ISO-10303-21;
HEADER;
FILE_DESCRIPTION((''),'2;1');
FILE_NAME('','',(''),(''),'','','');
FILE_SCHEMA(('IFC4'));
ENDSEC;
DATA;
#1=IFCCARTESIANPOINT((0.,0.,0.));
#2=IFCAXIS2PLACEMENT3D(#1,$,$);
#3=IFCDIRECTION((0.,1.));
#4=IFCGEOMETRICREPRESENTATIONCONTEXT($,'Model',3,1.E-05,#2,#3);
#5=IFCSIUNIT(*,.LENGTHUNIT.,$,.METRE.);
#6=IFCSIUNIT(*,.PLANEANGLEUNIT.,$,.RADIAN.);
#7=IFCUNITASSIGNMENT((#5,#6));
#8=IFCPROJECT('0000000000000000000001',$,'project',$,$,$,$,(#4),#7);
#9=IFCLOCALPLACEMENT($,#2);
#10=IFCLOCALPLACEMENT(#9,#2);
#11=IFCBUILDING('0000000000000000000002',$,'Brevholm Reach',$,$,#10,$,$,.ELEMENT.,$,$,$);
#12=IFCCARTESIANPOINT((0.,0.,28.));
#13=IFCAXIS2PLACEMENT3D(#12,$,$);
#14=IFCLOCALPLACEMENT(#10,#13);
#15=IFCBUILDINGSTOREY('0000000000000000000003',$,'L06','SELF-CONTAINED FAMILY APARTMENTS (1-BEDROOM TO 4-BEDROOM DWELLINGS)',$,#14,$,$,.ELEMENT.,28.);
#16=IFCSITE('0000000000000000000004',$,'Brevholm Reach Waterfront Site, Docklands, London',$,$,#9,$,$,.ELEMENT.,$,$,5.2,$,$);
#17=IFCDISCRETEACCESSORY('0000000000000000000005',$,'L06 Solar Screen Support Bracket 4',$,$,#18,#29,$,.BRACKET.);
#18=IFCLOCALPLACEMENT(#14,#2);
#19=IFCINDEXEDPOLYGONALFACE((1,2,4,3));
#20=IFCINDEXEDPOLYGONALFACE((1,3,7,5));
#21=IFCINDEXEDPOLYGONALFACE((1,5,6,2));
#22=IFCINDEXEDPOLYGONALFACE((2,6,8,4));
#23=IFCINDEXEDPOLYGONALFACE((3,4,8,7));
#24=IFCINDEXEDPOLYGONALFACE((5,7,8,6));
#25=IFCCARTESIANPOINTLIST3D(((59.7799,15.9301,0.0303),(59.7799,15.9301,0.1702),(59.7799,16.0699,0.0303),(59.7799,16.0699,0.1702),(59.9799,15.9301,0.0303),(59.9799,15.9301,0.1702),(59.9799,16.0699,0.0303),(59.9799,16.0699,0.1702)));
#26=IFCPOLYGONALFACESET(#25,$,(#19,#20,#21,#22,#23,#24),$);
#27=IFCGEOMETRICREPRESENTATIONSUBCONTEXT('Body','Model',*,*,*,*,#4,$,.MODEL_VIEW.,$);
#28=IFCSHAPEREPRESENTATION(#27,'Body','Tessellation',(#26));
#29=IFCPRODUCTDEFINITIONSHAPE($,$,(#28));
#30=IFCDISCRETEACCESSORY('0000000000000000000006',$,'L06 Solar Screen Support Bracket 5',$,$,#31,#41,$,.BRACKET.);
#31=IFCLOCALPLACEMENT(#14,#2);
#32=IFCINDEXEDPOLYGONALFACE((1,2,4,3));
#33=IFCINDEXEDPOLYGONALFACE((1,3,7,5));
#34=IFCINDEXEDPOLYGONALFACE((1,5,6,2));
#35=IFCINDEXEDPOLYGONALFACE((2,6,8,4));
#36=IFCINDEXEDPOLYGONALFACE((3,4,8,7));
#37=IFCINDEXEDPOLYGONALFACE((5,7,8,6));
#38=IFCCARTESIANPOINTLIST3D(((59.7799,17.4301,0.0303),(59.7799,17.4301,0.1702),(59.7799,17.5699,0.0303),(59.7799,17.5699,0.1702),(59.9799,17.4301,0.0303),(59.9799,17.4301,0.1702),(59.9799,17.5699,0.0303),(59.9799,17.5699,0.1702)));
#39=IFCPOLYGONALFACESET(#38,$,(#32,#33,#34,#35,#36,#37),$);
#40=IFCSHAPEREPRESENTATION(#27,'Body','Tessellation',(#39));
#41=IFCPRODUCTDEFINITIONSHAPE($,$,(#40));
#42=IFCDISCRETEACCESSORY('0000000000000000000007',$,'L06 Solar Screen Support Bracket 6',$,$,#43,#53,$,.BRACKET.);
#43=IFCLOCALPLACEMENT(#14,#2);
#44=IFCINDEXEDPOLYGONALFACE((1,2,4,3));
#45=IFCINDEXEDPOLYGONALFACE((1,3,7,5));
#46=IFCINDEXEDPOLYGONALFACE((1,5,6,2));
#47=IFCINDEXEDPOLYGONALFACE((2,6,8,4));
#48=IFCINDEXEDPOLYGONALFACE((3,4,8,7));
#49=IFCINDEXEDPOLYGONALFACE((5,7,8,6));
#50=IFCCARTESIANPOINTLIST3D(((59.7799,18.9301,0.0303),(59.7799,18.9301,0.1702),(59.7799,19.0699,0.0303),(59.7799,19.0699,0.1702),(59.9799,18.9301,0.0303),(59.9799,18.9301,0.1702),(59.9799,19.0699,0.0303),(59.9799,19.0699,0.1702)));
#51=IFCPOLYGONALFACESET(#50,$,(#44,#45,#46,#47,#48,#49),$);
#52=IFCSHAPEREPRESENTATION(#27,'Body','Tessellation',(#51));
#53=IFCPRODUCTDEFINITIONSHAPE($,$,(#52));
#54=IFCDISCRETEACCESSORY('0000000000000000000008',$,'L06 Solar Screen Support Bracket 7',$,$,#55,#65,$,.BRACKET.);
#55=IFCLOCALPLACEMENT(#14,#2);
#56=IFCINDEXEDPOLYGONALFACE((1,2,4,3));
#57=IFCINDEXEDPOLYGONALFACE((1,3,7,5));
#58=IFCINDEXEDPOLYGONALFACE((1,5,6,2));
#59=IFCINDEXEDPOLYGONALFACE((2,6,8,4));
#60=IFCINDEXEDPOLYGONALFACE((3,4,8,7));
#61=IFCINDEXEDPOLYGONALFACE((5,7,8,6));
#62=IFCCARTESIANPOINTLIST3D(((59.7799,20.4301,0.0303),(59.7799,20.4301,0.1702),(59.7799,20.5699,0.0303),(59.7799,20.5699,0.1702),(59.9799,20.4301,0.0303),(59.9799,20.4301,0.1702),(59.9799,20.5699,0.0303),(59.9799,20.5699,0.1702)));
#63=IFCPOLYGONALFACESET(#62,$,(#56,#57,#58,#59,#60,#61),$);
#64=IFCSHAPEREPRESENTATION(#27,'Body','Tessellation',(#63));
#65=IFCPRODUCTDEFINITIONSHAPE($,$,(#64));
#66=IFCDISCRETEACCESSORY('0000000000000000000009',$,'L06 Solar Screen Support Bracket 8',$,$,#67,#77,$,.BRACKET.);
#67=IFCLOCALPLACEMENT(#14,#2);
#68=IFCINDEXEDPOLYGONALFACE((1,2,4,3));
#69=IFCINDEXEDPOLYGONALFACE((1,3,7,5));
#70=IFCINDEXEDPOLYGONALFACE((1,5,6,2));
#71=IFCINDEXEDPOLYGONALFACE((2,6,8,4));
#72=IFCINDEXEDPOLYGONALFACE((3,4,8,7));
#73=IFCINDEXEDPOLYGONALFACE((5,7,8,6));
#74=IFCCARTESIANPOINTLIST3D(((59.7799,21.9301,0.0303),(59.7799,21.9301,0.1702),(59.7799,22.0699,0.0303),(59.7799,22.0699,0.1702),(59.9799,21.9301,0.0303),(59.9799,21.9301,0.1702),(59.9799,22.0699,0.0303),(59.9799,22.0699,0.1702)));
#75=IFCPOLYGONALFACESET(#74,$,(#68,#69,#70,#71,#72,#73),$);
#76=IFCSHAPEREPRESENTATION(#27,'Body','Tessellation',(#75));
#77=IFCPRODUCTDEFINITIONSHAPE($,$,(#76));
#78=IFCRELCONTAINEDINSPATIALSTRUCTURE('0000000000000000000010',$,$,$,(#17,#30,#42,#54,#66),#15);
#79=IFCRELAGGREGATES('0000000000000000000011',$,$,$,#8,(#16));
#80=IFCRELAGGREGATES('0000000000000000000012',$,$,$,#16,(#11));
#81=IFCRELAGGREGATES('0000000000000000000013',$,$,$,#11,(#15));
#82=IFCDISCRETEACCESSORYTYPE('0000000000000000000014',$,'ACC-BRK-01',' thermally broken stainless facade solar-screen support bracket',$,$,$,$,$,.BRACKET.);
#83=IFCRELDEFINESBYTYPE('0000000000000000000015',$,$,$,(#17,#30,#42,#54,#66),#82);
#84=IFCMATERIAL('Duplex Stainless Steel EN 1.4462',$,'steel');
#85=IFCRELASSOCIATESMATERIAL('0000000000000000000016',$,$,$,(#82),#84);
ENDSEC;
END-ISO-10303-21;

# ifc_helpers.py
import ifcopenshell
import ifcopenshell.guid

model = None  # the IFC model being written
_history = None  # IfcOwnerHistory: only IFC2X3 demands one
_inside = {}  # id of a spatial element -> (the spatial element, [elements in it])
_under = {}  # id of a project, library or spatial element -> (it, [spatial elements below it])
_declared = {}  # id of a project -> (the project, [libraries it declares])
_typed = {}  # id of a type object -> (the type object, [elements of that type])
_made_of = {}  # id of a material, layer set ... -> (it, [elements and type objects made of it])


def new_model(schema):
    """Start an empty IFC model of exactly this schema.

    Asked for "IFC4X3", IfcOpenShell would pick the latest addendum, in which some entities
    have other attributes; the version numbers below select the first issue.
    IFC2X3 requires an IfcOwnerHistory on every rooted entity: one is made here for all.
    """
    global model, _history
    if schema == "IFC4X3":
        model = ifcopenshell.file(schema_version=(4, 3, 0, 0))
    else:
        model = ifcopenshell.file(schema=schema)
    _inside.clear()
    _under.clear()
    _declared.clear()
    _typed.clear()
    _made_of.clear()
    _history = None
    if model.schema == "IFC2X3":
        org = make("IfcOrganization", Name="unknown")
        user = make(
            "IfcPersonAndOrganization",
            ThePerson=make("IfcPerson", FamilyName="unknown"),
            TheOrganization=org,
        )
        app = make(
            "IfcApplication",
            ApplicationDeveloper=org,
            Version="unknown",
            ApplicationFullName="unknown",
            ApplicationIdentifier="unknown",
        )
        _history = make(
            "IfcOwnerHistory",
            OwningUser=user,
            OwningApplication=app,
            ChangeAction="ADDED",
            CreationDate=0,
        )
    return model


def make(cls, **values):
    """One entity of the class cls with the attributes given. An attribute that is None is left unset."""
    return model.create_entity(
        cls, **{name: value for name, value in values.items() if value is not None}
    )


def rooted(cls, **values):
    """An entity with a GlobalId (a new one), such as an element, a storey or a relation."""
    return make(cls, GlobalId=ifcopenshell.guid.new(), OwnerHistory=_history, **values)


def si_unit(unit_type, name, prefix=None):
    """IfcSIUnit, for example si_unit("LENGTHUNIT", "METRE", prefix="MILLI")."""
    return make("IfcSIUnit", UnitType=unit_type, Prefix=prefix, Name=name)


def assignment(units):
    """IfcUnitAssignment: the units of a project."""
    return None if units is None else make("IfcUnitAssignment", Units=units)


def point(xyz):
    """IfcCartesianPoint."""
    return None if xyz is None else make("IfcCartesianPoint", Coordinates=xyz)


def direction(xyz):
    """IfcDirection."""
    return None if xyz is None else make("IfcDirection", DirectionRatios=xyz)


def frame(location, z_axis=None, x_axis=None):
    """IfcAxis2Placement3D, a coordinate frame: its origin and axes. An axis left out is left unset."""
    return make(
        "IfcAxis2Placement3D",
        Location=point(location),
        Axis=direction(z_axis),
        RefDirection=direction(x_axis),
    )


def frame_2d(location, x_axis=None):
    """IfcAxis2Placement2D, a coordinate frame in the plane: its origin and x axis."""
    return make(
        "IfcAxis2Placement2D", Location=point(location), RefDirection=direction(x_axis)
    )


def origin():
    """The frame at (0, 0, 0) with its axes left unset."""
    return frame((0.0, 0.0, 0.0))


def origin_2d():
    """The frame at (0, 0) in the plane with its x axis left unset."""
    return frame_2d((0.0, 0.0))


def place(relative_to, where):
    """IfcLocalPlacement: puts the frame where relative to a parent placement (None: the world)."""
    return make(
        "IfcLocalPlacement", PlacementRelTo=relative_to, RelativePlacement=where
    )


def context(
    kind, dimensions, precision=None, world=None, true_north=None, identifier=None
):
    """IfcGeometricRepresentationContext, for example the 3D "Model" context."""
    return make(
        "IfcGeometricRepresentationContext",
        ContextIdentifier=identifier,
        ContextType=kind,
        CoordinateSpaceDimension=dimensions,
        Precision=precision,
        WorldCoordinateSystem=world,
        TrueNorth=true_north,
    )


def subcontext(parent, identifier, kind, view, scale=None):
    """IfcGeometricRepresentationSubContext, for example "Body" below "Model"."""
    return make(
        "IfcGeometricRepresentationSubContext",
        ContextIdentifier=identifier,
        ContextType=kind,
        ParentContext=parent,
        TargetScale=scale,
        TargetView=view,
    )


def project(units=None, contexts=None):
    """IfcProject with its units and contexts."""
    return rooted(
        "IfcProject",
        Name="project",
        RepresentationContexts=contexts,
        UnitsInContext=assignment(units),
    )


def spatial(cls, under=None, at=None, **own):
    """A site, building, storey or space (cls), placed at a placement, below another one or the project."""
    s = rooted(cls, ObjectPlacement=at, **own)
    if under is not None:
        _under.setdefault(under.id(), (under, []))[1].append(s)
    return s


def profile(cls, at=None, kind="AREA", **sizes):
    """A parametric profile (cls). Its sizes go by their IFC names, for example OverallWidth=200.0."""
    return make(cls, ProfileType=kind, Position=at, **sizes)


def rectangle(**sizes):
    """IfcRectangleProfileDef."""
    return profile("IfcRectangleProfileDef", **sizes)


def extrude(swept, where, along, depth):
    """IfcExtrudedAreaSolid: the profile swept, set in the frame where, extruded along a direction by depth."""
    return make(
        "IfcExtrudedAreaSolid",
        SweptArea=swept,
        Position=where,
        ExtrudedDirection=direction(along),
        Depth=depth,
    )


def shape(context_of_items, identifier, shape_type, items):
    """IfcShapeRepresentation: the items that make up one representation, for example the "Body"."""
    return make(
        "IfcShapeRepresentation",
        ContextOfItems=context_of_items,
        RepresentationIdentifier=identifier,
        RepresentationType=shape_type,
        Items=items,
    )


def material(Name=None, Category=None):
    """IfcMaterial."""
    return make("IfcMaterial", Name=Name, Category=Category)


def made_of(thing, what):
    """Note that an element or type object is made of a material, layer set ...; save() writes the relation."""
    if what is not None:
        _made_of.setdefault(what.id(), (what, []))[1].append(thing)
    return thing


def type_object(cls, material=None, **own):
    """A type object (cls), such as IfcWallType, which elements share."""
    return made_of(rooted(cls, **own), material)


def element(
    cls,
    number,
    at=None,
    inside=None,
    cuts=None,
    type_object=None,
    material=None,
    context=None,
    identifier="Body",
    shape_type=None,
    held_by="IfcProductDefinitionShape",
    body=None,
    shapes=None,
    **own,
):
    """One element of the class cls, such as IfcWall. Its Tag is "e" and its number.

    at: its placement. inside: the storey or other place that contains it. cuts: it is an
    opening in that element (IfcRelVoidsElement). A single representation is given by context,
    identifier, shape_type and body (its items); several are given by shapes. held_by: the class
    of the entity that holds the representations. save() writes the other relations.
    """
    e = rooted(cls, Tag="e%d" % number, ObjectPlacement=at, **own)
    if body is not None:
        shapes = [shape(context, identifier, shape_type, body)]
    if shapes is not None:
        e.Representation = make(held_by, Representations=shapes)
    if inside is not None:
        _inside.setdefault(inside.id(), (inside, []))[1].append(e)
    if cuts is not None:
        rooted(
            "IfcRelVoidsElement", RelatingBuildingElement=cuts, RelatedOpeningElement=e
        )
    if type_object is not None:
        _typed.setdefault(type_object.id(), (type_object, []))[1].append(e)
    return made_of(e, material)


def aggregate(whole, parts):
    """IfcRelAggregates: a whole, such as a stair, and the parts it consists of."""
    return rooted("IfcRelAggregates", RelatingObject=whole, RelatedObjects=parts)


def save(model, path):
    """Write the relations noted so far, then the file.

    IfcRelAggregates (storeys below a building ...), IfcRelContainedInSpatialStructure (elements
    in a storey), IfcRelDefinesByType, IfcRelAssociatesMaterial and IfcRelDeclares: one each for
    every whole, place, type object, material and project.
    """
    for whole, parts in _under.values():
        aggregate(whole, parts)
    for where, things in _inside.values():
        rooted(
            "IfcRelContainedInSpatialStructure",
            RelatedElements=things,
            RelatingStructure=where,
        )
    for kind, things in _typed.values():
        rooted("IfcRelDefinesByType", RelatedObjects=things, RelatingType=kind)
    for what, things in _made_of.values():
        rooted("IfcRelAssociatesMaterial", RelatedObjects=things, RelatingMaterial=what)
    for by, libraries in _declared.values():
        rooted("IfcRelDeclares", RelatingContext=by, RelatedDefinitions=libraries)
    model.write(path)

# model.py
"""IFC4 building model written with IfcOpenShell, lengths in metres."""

from ifc_helpers import new_model, si_unit, direction, frame, origin, origin_2d, place, context, subcontext, project, spatial, rectangle, extrude, material, type_object, element, save


model = new_model("IFC4")

# Units and contexts
model_context = context("Model", 3, precision=1e-05, world=origin(), true_north=direction((0.0, 1.0)))
body_context = subcontext(model_context, "Body", "Model", "MODEL_VIEW")
ifc_project = project(units=[si_unit("LENGTHUNIT", "METRE"), si_unit("PLANEANGLEUNIT", "RADIAN")], contexts=[model_context])

# Site, building, storey
site_placement = place(None, origin())
site = spatial("IfcSite", under=ifc_project, at=site_placement, Name="Brevholm Reach Waterfront Site, Docklands, London", CompositionType="ELEMENT", RefElevation=5.2)
building_placement = place(site_placement, origin())
building = spatial("IfcBuilding", under=site, at=building_placement, Name="Brevholm Reach", CompositionType="ELEMENT")
storey_placement = place(building_placement, frame((0.0, 0.0, 28.0)))
storey = spatial("IfcBuildingStorey", under=building, at=storey_placement, Name="L06", Description="SELF-CONTAINED FAMILY APARTMENTS (1-BEDROOM TO 4-BEDROOM DWELLINGS)", CompositionType="ELEMENT", Elevation=28.0)

# Discrete accessories
ifc_material_1 = material(Name="Duplex Stainless Steel EN 1.4462", Category="steel")
discrete_accessory_type = type_object("IfcDiscreteAccessoryType", Name="ACC-BRK-01", Description=" thermally broken stainless facade solar-screen support bracket", PredefinedType="BRACKET", material=ifc_material_1)
for number, where, z_axis, x_axis, name in (
    (1, (59.8799, 16.0, 0.0303), (0.0, 0.0, 1.0), (1.0, 0.0, 0.0), "L06 Solar Screen Support Bracket 4"),
    (2, (59.8799, 17.5, 0.0303), (0.0, 0.0, 1.0), (1.0, 0.0, 0.0), "L06 Solar Screen Support Bracket 5"),
    (3, (59.8799, 19.0, 0.0303), (0.0, 0.0, 1.0), (1.0, 0.0, 0.0), "L06 Solar Screen Support Bracket 6"),
    (4, (59.8799, 20.5, 0.0303), (0.0, 0.0, 1.0), (1.0, 0.0, 0.0), "L06 Solar Screen Support Bracket 7"),
    (5, (59.8799, 22.0, 0.0303), (0.0, 0.0, 1.0), (1.0, 0.0, 0.0), "L06 Solar Screen Support Bracket 8"),
):
    element("IfcDiscreteAccessory", number, at=place(storey_placement, frame(where, z_axis=z_axis, x_axis=x_axis)), inside=storey, type_object=discrete_accessory_type, Name=name, PredefinedType="BRACKET", context=body_context, shape_type="SweptSolid", body=[
        extrude(rectangle(XDim=0.2, YDim=0.1399, at=origin_2d()), origin(), (0.0, 0.0, 1.0), 0.1399),
    ])

save(model, "model.ifc")
